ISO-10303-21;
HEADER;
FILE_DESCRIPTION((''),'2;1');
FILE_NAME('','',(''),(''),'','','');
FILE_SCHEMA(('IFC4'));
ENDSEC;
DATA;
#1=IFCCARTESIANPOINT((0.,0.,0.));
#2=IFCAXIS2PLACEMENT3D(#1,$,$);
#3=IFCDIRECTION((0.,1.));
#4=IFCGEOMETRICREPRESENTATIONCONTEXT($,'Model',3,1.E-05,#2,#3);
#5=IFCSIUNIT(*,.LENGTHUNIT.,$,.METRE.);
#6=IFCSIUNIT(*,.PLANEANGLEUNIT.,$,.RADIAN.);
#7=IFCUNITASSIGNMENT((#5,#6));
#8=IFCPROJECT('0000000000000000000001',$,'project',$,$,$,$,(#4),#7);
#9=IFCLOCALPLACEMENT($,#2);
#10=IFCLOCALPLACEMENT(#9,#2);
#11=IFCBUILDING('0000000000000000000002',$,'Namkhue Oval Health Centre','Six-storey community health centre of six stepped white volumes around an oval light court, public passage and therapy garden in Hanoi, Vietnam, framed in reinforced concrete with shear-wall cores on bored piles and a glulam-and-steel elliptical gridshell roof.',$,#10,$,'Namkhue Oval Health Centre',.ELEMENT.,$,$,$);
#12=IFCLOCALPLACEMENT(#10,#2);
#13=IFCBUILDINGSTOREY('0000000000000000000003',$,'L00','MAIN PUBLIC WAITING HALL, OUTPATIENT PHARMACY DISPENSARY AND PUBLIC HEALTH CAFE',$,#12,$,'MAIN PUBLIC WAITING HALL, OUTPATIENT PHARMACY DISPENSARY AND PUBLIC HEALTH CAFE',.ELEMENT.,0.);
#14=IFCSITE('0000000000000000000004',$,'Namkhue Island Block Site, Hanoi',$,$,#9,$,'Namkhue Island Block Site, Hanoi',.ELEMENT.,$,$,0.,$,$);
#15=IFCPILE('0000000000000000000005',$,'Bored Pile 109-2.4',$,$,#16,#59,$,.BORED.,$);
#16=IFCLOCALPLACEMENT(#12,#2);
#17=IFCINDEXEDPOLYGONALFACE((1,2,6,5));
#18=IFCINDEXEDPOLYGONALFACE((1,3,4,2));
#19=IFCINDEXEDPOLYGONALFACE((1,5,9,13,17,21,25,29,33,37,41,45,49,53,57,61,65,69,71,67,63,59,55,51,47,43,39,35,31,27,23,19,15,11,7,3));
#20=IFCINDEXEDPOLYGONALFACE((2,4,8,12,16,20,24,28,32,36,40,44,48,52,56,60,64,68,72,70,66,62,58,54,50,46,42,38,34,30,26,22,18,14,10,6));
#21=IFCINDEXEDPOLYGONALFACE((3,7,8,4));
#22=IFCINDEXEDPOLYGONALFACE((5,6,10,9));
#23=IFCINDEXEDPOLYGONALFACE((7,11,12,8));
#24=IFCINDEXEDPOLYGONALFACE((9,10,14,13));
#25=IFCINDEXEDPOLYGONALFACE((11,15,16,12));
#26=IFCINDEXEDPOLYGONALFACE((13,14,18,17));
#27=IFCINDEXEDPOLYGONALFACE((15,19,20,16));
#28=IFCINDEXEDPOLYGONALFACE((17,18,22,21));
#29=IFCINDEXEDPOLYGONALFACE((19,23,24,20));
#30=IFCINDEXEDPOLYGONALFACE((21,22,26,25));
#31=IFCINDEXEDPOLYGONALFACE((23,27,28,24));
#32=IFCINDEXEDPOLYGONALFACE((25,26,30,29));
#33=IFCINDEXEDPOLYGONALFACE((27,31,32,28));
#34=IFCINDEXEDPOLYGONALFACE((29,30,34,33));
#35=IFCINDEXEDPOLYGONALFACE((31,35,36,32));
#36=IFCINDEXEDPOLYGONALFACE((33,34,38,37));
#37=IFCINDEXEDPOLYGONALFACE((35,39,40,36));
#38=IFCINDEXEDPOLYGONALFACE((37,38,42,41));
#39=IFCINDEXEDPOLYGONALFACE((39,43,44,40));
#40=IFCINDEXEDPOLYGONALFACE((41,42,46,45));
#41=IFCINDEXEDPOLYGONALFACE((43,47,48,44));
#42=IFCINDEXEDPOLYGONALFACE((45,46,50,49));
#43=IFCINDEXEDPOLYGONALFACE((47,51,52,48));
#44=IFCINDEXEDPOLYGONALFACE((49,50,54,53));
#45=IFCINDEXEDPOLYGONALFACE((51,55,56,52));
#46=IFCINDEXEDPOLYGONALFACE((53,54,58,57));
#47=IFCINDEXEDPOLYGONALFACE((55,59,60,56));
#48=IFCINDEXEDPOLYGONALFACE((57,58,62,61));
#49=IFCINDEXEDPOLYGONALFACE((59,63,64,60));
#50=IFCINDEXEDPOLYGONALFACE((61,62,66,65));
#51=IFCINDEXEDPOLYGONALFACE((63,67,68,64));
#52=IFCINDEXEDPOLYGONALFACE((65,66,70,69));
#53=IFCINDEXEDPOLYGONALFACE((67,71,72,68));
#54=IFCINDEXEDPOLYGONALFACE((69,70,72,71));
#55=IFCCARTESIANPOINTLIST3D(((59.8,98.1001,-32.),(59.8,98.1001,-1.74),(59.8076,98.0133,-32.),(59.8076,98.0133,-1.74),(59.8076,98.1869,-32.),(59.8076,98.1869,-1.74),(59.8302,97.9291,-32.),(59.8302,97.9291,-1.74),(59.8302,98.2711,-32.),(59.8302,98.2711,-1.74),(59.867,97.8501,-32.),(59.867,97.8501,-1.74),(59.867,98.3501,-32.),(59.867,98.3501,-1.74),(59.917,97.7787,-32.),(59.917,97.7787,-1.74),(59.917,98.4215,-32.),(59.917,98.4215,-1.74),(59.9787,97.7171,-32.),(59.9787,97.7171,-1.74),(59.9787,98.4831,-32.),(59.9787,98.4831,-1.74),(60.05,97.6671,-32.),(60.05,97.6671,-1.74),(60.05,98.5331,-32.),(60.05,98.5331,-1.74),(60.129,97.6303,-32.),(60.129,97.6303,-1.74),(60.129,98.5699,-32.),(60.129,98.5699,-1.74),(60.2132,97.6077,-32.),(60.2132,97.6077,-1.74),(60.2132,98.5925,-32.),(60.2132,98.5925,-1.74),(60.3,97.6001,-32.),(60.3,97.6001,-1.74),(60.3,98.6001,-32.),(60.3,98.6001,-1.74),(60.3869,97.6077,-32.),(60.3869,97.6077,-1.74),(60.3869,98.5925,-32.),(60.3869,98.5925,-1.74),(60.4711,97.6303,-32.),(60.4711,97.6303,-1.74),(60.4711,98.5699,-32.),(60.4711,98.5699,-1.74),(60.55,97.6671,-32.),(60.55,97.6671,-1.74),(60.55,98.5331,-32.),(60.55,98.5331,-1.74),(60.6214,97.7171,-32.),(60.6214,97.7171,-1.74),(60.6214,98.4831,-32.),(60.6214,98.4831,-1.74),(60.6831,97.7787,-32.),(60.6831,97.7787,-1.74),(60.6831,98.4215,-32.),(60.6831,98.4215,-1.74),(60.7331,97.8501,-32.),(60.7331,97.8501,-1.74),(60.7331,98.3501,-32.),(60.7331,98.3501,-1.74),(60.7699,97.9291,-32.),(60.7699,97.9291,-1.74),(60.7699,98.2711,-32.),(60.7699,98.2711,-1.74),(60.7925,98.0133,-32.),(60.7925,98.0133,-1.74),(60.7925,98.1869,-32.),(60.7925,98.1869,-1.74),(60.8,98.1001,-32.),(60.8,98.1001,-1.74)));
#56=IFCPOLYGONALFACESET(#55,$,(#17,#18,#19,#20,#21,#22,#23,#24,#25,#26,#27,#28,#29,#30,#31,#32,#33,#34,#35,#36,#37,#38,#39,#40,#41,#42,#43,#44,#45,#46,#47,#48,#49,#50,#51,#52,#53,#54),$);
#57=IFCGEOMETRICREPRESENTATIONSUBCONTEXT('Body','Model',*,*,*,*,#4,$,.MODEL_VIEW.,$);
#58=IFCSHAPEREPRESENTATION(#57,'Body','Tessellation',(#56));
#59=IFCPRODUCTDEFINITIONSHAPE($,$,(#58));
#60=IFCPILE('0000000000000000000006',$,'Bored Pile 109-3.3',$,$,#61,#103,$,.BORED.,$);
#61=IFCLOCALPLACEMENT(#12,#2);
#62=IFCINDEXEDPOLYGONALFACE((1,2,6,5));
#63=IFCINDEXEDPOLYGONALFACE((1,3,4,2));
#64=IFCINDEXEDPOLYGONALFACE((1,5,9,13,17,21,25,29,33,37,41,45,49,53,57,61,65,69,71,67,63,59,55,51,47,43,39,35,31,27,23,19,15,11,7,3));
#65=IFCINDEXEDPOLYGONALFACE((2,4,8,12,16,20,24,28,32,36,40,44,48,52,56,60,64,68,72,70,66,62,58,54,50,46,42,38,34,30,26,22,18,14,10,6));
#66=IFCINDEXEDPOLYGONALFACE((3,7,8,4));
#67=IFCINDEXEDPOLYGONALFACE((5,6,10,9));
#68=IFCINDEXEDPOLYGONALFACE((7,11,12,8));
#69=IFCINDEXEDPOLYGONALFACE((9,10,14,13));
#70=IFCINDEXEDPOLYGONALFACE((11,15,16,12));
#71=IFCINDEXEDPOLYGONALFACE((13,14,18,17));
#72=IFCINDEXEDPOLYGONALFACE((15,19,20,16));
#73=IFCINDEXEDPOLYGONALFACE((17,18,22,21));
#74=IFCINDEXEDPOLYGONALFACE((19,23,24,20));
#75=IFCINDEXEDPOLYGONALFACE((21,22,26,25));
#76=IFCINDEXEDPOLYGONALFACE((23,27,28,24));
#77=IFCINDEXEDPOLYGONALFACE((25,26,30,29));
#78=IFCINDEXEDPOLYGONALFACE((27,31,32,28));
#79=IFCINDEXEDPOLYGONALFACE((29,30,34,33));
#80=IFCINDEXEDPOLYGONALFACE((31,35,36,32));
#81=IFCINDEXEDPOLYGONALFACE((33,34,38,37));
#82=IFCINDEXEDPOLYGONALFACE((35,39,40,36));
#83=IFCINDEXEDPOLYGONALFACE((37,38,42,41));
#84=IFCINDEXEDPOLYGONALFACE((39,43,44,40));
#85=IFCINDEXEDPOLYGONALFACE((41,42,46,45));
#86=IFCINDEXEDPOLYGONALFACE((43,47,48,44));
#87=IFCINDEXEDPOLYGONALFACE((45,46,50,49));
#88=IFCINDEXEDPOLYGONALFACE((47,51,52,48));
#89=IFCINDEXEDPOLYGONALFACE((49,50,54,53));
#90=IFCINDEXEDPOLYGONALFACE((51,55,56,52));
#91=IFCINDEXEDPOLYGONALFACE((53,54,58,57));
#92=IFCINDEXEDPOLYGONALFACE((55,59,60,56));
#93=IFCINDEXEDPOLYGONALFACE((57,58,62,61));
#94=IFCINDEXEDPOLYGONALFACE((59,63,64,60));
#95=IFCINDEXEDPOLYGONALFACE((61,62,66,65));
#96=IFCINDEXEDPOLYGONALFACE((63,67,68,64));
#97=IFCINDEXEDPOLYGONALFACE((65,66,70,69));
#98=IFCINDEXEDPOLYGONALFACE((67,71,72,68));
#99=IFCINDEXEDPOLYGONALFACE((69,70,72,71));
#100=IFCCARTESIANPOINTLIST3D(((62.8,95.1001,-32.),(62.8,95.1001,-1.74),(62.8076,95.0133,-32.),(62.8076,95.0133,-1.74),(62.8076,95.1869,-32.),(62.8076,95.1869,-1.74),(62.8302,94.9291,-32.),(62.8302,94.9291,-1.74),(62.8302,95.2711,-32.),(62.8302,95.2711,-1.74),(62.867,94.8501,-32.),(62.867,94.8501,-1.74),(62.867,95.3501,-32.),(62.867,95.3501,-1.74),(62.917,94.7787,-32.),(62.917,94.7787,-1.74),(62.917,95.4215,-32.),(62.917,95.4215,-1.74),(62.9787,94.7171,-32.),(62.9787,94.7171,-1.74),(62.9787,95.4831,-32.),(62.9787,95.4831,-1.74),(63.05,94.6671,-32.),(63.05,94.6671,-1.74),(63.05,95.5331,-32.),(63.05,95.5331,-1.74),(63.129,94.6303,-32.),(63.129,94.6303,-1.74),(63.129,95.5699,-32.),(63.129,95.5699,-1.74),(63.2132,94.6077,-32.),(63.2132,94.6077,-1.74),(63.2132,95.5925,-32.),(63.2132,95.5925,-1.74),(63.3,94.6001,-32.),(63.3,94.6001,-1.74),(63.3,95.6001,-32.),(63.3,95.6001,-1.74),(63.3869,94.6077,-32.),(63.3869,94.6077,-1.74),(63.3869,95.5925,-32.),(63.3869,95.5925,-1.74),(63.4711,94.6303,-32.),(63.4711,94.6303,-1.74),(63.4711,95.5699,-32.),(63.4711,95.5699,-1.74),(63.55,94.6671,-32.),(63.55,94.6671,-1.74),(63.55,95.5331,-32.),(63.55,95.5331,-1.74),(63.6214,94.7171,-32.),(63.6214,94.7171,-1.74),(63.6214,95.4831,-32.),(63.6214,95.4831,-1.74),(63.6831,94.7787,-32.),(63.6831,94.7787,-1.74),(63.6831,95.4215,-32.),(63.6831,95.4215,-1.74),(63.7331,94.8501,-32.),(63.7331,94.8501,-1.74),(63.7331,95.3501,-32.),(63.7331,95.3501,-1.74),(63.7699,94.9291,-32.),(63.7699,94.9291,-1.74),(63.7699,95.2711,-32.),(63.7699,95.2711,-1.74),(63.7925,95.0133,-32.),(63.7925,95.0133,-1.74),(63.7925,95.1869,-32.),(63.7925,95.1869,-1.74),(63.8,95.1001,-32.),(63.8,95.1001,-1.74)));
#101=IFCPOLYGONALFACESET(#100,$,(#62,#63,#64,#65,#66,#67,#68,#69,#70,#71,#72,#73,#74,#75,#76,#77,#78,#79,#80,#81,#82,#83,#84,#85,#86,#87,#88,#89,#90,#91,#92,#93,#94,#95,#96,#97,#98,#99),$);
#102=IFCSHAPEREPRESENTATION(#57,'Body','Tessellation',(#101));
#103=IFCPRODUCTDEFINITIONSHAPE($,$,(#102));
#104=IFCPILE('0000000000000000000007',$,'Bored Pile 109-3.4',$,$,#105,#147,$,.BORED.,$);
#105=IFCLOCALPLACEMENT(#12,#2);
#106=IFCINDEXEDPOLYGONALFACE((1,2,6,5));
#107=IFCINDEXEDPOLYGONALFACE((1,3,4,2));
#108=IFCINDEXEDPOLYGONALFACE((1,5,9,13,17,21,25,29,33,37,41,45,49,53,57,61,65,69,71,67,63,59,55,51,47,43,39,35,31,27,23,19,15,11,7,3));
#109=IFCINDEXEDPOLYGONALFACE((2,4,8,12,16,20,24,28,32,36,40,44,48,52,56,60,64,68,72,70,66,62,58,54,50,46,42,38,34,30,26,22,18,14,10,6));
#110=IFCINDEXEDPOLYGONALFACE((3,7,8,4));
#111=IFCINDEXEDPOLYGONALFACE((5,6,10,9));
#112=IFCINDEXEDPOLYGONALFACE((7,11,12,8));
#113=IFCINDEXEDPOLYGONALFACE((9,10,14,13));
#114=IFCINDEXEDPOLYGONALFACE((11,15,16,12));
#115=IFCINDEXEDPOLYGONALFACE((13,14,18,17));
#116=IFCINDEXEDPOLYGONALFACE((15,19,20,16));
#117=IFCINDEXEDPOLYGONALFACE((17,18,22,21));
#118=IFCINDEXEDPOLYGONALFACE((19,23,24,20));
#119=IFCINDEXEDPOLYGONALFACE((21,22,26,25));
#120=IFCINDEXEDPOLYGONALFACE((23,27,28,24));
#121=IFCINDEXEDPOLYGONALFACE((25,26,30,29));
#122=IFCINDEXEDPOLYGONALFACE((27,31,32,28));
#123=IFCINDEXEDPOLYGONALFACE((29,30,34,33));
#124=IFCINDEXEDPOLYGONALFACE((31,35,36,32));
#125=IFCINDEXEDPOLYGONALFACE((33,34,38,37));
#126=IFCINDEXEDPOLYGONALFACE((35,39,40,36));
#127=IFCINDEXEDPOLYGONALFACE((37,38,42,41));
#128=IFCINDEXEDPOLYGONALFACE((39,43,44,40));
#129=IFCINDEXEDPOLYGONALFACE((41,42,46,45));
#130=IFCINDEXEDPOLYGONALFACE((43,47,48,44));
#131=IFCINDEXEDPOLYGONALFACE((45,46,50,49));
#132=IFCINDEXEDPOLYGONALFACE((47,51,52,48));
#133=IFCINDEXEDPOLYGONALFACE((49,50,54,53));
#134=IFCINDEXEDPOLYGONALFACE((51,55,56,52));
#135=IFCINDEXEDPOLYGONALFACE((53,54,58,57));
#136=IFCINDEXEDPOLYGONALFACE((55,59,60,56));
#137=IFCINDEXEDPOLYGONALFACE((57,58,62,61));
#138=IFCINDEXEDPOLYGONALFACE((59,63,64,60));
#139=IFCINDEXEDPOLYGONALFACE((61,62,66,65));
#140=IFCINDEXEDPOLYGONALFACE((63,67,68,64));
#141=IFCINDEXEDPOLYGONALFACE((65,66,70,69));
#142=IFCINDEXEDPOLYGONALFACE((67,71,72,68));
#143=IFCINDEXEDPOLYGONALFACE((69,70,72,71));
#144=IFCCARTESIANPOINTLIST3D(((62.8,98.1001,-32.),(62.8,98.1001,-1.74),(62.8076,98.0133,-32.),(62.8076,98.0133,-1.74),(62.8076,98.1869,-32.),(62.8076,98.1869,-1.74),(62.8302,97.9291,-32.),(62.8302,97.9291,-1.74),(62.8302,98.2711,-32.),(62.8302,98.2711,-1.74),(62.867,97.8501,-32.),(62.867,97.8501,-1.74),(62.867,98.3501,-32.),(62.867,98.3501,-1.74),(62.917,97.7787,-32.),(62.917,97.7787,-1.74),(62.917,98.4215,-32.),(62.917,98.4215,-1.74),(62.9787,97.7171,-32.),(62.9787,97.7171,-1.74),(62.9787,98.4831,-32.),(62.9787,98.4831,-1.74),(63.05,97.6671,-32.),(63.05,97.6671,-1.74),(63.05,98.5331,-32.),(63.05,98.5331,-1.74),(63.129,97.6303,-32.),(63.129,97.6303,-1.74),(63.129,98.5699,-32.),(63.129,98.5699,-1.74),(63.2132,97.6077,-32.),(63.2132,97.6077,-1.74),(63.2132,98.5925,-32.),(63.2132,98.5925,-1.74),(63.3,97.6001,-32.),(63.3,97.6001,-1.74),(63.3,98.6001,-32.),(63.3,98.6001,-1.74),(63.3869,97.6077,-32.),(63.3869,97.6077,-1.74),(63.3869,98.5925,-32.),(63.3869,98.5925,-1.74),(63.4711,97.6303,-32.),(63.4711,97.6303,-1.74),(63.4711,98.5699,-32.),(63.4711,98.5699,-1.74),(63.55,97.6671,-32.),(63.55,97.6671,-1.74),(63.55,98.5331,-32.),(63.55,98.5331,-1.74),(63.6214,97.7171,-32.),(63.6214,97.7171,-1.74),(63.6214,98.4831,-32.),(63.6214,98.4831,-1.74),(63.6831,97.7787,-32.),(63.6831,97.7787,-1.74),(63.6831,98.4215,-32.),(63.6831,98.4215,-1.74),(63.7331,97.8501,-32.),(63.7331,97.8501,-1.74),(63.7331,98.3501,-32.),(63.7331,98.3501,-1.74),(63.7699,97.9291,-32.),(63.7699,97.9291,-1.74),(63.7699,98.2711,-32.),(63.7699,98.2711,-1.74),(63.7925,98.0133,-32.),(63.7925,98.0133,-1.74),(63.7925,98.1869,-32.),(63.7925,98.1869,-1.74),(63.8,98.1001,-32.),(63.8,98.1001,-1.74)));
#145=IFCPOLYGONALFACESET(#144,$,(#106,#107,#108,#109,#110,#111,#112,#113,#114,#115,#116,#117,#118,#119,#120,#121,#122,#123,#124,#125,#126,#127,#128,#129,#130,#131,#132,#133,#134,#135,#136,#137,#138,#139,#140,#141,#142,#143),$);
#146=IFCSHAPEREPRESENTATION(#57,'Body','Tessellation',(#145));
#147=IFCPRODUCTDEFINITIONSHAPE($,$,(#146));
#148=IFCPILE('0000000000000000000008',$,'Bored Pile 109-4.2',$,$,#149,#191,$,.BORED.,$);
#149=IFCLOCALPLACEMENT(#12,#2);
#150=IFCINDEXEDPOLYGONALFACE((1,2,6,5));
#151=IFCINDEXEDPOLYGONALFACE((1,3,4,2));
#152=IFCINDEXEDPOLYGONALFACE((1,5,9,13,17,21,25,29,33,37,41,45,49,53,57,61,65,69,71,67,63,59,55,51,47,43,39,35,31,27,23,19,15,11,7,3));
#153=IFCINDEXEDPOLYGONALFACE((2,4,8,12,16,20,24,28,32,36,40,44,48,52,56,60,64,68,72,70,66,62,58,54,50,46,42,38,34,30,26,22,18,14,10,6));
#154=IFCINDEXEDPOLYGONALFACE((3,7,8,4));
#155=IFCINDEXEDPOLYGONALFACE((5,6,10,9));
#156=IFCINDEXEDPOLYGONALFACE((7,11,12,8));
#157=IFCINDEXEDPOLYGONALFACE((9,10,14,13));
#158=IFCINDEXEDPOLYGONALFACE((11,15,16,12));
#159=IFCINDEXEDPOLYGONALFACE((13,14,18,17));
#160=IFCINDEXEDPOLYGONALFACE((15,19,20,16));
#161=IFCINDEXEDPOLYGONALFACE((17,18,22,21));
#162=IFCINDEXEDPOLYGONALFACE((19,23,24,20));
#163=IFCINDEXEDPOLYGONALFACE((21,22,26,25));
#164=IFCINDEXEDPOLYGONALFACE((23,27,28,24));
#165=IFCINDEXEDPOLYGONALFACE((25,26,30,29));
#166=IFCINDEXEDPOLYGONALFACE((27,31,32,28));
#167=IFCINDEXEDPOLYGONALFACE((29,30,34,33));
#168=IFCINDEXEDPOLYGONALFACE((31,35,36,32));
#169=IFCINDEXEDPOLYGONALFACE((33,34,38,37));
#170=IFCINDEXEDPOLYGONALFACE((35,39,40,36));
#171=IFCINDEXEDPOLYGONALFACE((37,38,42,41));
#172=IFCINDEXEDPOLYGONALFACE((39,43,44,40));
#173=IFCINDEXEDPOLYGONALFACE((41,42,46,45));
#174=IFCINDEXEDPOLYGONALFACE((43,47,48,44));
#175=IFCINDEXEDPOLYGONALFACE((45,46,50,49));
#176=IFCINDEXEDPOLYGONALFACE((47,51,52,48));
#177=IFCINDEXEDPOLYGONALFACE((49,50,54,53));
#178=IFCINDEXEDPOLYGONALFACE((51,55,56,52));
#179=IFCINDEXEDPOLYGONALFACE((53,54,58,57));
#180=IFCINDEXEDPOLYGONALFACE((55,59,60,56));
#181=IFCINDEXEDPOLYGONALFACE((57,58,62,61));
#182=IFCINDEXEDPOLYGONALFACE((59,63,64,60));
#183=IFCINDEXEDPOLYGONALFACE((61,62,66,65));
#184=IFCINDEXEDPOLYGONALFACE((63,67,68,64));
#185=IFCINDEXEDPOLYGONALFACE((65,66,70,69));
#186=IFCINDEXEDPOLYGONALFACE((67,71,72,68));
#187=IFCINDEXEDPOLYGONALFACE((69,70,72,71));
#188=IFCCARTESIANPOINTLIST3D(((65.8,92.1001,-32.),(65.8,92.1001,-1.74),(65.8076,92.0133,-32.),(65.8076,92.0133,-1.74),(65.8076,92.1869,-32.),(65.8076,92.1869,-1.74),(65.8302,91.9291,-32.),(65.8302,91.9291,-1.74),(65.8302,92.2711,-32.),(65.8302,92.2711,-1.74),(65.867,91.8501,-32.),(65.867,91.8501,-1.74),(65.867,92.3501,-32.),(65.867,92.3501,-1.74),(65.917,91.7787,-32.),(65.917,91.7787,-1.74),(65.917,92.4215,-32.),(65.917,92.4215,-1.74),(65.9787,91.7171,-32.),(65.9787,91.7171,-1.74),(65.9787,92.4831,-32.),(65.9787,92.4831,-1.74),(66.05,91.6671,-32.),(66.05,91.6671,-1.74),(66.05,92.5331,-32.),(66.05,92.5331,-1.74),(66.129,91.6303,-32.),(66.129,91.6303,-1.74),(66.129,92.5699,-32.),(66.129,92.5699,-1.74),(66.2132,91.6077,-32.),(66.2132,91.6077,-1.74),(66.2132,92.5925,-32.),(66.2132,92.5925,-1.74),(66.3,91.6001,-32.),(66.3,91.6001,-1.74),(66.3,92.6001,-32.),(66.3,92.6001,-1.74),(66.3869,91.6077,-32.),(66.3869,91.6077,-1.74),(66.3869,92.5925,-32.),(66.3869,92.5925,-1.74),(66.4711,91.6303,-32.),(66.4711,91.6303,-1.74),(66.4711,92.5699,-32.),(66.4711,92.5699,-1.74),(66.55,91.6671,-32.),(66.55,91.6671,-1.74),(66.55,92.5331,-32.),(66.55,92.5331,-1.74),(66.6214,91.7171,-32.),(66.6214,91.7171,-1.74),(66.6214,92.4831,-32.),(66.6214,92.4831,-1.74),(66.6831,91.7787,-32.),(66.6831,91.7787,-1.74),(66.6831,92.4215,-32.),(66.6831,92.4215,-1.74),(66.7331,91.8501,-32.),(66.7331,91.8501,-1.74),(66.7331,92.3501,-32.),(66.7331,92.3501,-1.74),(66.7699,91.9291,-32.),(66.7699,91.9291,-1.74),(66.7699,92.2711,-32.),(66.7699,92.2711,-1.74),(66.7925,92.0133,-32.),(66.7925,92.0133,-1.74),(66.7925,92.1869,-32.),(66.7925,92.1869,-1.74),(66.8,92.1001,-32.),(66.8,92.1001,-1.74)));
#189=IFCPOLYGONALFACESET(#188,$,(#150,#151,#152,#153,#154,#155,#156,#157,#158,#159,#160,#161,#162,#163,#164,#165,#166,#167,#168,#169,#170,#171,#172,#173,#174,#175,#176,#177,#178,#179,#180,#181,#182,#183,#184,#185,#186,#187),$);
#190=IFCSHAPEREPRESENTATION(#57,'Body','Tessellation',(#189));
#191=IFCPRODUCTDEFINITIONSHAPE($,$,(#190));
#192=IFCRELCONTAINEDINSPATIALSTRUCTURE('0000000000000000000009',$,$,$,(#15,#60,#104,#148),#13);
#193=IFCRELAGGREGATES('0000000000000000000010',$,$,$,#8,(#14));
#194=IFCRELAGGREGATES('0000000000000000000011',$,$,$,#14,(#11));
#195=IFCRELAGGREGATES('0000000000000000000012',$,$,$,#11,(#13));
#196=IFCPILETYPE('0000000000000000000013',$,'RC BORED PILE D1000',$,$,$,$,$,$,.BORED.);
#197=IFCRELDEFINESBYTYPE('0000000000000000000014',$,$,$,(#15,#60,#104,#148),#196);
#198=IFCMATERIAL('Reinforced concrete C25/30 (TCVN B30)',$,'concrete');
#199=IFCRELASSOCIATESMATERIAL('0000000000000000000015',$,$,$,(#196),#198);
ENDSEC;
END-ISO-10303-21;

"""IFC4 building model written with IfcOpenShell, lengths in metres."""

from ifc_helpers import new_model, si_unit, direction, frame, origin, origin_2d, place, context, subcontext, project, spatial, circle, extrude, material, material_profile, profile_set, type_object, element, save


model = new_model("IFC4")

# Units and contexts
model_context = context("Model", 3, precision=1e-05, world=origin(), true_north=direction((0.0, 1.0)))
body_context = subcontext(model_context, "Body", "Model", "MODEL_VIEW")
ifc_project = project(units=[si_unit("LENGTHUNIT", "METRE"), si_unit("PLANEANGLEUNIT", "RADIAN")], contexts=[model_context])

# Site, building, storey
site_placement = place(None, origin())
site = spatial("IfcSite", under=ifc_project, at=site_placement, Name="Namkhue Island Block Site, Hanoi", LongName="Namkhue Island Block Site, Hanoi", CompositionType="ELEMENT", RefElevation=0.0)
building_placement = place(site_placement, origin())
building = spatial("IfcBuilding", under=site, at=building_placement, Name="Namkhue Oval Health Centre", Description="Six-storey community health centre of six stepped white volumes around an oval light court, public passage and therapy garden in Hanoi, Vietnam, framed in reinforced concrete with shear-wall cores on bored piles and a glulam-and-steel elliptical gridshell roof.", LongName="Namkhue Oval Health Centre", CompositionType="ELEMENT")
storey_placement = place(building_placement, origin())
storey = spatial("IfcBuildingStorey", under=building, at=storey_placement, Name="L00", Description="MAIN PUBLIC WAITING HALL, OUTPATIENT PHARMACY DISPENSARY AND PUBLIC HEALTH CAFE", LongName="MAIN PUBLIC WAITING HALL, OUTPATIENT PHARMACY DISPENSARY AND PUBLIC HEALTH CAFE", CompositionType="ELEMENT", Elevation=0.0)

# Piles
ifc_material_1 = material(Name="Reinforced concrete C25/30 (TCVN B30)", Category="concrete")
ifc_material_profile_1 = material_profile(ifc_material_1, circle(Radius=0.5, at=origin_2d()), Name="BORED PILE D1000")
ifc_profile_set_1 = profile_set([ifc_material_profile_1], Name="Reinforced concrete C25/30 (TCVN B30)")
pile_type = type_object("IfcPileType", Name="RC BORED PILE D1000", PredefinedType="BORED", material=ifc_profile_set_1)
for number, where, z_axis, x_axis, name in (
    (1, (60.3, 98.1001, -1.74), (0.0, 0.0, -1.0), (1.0, 0.0, 0.0), "Bored Pile 109-2.4"),
    (2, (63.3, 95.1001, -1.74), (0.0, 0.0, -1.0), (1.0, 0.0, 0.0), "Bored Pile 109-3.3"),
    (3, (63.3, 98.1001, -1.74), (0.0, 0.0, -1.0), (1.0, 0.0, 0.0), "Bored Pile 109-3.4"),
    (4, (66.3, 92.1001, -1.74), (0.0, 0.0, -1.0), (1.0, 0.0, 0.0), "Bored Pile 109-4.2"),
):
    element("IfcPile", number, at=place(storey_placement, frame(where, z_axis=z_axis, x_axis=x_axis)), inside=storey, type_object=pile_type, Name=name, PredefinedType="BORED", context=body_context, shape_type="SweptSolid", body=[
        extrude(circle(Radius=0.5, at=origin_2d()), origin(), (0.0, 0.0, 1.0), 30.26),
    ])

save(model, "model.ifc")
